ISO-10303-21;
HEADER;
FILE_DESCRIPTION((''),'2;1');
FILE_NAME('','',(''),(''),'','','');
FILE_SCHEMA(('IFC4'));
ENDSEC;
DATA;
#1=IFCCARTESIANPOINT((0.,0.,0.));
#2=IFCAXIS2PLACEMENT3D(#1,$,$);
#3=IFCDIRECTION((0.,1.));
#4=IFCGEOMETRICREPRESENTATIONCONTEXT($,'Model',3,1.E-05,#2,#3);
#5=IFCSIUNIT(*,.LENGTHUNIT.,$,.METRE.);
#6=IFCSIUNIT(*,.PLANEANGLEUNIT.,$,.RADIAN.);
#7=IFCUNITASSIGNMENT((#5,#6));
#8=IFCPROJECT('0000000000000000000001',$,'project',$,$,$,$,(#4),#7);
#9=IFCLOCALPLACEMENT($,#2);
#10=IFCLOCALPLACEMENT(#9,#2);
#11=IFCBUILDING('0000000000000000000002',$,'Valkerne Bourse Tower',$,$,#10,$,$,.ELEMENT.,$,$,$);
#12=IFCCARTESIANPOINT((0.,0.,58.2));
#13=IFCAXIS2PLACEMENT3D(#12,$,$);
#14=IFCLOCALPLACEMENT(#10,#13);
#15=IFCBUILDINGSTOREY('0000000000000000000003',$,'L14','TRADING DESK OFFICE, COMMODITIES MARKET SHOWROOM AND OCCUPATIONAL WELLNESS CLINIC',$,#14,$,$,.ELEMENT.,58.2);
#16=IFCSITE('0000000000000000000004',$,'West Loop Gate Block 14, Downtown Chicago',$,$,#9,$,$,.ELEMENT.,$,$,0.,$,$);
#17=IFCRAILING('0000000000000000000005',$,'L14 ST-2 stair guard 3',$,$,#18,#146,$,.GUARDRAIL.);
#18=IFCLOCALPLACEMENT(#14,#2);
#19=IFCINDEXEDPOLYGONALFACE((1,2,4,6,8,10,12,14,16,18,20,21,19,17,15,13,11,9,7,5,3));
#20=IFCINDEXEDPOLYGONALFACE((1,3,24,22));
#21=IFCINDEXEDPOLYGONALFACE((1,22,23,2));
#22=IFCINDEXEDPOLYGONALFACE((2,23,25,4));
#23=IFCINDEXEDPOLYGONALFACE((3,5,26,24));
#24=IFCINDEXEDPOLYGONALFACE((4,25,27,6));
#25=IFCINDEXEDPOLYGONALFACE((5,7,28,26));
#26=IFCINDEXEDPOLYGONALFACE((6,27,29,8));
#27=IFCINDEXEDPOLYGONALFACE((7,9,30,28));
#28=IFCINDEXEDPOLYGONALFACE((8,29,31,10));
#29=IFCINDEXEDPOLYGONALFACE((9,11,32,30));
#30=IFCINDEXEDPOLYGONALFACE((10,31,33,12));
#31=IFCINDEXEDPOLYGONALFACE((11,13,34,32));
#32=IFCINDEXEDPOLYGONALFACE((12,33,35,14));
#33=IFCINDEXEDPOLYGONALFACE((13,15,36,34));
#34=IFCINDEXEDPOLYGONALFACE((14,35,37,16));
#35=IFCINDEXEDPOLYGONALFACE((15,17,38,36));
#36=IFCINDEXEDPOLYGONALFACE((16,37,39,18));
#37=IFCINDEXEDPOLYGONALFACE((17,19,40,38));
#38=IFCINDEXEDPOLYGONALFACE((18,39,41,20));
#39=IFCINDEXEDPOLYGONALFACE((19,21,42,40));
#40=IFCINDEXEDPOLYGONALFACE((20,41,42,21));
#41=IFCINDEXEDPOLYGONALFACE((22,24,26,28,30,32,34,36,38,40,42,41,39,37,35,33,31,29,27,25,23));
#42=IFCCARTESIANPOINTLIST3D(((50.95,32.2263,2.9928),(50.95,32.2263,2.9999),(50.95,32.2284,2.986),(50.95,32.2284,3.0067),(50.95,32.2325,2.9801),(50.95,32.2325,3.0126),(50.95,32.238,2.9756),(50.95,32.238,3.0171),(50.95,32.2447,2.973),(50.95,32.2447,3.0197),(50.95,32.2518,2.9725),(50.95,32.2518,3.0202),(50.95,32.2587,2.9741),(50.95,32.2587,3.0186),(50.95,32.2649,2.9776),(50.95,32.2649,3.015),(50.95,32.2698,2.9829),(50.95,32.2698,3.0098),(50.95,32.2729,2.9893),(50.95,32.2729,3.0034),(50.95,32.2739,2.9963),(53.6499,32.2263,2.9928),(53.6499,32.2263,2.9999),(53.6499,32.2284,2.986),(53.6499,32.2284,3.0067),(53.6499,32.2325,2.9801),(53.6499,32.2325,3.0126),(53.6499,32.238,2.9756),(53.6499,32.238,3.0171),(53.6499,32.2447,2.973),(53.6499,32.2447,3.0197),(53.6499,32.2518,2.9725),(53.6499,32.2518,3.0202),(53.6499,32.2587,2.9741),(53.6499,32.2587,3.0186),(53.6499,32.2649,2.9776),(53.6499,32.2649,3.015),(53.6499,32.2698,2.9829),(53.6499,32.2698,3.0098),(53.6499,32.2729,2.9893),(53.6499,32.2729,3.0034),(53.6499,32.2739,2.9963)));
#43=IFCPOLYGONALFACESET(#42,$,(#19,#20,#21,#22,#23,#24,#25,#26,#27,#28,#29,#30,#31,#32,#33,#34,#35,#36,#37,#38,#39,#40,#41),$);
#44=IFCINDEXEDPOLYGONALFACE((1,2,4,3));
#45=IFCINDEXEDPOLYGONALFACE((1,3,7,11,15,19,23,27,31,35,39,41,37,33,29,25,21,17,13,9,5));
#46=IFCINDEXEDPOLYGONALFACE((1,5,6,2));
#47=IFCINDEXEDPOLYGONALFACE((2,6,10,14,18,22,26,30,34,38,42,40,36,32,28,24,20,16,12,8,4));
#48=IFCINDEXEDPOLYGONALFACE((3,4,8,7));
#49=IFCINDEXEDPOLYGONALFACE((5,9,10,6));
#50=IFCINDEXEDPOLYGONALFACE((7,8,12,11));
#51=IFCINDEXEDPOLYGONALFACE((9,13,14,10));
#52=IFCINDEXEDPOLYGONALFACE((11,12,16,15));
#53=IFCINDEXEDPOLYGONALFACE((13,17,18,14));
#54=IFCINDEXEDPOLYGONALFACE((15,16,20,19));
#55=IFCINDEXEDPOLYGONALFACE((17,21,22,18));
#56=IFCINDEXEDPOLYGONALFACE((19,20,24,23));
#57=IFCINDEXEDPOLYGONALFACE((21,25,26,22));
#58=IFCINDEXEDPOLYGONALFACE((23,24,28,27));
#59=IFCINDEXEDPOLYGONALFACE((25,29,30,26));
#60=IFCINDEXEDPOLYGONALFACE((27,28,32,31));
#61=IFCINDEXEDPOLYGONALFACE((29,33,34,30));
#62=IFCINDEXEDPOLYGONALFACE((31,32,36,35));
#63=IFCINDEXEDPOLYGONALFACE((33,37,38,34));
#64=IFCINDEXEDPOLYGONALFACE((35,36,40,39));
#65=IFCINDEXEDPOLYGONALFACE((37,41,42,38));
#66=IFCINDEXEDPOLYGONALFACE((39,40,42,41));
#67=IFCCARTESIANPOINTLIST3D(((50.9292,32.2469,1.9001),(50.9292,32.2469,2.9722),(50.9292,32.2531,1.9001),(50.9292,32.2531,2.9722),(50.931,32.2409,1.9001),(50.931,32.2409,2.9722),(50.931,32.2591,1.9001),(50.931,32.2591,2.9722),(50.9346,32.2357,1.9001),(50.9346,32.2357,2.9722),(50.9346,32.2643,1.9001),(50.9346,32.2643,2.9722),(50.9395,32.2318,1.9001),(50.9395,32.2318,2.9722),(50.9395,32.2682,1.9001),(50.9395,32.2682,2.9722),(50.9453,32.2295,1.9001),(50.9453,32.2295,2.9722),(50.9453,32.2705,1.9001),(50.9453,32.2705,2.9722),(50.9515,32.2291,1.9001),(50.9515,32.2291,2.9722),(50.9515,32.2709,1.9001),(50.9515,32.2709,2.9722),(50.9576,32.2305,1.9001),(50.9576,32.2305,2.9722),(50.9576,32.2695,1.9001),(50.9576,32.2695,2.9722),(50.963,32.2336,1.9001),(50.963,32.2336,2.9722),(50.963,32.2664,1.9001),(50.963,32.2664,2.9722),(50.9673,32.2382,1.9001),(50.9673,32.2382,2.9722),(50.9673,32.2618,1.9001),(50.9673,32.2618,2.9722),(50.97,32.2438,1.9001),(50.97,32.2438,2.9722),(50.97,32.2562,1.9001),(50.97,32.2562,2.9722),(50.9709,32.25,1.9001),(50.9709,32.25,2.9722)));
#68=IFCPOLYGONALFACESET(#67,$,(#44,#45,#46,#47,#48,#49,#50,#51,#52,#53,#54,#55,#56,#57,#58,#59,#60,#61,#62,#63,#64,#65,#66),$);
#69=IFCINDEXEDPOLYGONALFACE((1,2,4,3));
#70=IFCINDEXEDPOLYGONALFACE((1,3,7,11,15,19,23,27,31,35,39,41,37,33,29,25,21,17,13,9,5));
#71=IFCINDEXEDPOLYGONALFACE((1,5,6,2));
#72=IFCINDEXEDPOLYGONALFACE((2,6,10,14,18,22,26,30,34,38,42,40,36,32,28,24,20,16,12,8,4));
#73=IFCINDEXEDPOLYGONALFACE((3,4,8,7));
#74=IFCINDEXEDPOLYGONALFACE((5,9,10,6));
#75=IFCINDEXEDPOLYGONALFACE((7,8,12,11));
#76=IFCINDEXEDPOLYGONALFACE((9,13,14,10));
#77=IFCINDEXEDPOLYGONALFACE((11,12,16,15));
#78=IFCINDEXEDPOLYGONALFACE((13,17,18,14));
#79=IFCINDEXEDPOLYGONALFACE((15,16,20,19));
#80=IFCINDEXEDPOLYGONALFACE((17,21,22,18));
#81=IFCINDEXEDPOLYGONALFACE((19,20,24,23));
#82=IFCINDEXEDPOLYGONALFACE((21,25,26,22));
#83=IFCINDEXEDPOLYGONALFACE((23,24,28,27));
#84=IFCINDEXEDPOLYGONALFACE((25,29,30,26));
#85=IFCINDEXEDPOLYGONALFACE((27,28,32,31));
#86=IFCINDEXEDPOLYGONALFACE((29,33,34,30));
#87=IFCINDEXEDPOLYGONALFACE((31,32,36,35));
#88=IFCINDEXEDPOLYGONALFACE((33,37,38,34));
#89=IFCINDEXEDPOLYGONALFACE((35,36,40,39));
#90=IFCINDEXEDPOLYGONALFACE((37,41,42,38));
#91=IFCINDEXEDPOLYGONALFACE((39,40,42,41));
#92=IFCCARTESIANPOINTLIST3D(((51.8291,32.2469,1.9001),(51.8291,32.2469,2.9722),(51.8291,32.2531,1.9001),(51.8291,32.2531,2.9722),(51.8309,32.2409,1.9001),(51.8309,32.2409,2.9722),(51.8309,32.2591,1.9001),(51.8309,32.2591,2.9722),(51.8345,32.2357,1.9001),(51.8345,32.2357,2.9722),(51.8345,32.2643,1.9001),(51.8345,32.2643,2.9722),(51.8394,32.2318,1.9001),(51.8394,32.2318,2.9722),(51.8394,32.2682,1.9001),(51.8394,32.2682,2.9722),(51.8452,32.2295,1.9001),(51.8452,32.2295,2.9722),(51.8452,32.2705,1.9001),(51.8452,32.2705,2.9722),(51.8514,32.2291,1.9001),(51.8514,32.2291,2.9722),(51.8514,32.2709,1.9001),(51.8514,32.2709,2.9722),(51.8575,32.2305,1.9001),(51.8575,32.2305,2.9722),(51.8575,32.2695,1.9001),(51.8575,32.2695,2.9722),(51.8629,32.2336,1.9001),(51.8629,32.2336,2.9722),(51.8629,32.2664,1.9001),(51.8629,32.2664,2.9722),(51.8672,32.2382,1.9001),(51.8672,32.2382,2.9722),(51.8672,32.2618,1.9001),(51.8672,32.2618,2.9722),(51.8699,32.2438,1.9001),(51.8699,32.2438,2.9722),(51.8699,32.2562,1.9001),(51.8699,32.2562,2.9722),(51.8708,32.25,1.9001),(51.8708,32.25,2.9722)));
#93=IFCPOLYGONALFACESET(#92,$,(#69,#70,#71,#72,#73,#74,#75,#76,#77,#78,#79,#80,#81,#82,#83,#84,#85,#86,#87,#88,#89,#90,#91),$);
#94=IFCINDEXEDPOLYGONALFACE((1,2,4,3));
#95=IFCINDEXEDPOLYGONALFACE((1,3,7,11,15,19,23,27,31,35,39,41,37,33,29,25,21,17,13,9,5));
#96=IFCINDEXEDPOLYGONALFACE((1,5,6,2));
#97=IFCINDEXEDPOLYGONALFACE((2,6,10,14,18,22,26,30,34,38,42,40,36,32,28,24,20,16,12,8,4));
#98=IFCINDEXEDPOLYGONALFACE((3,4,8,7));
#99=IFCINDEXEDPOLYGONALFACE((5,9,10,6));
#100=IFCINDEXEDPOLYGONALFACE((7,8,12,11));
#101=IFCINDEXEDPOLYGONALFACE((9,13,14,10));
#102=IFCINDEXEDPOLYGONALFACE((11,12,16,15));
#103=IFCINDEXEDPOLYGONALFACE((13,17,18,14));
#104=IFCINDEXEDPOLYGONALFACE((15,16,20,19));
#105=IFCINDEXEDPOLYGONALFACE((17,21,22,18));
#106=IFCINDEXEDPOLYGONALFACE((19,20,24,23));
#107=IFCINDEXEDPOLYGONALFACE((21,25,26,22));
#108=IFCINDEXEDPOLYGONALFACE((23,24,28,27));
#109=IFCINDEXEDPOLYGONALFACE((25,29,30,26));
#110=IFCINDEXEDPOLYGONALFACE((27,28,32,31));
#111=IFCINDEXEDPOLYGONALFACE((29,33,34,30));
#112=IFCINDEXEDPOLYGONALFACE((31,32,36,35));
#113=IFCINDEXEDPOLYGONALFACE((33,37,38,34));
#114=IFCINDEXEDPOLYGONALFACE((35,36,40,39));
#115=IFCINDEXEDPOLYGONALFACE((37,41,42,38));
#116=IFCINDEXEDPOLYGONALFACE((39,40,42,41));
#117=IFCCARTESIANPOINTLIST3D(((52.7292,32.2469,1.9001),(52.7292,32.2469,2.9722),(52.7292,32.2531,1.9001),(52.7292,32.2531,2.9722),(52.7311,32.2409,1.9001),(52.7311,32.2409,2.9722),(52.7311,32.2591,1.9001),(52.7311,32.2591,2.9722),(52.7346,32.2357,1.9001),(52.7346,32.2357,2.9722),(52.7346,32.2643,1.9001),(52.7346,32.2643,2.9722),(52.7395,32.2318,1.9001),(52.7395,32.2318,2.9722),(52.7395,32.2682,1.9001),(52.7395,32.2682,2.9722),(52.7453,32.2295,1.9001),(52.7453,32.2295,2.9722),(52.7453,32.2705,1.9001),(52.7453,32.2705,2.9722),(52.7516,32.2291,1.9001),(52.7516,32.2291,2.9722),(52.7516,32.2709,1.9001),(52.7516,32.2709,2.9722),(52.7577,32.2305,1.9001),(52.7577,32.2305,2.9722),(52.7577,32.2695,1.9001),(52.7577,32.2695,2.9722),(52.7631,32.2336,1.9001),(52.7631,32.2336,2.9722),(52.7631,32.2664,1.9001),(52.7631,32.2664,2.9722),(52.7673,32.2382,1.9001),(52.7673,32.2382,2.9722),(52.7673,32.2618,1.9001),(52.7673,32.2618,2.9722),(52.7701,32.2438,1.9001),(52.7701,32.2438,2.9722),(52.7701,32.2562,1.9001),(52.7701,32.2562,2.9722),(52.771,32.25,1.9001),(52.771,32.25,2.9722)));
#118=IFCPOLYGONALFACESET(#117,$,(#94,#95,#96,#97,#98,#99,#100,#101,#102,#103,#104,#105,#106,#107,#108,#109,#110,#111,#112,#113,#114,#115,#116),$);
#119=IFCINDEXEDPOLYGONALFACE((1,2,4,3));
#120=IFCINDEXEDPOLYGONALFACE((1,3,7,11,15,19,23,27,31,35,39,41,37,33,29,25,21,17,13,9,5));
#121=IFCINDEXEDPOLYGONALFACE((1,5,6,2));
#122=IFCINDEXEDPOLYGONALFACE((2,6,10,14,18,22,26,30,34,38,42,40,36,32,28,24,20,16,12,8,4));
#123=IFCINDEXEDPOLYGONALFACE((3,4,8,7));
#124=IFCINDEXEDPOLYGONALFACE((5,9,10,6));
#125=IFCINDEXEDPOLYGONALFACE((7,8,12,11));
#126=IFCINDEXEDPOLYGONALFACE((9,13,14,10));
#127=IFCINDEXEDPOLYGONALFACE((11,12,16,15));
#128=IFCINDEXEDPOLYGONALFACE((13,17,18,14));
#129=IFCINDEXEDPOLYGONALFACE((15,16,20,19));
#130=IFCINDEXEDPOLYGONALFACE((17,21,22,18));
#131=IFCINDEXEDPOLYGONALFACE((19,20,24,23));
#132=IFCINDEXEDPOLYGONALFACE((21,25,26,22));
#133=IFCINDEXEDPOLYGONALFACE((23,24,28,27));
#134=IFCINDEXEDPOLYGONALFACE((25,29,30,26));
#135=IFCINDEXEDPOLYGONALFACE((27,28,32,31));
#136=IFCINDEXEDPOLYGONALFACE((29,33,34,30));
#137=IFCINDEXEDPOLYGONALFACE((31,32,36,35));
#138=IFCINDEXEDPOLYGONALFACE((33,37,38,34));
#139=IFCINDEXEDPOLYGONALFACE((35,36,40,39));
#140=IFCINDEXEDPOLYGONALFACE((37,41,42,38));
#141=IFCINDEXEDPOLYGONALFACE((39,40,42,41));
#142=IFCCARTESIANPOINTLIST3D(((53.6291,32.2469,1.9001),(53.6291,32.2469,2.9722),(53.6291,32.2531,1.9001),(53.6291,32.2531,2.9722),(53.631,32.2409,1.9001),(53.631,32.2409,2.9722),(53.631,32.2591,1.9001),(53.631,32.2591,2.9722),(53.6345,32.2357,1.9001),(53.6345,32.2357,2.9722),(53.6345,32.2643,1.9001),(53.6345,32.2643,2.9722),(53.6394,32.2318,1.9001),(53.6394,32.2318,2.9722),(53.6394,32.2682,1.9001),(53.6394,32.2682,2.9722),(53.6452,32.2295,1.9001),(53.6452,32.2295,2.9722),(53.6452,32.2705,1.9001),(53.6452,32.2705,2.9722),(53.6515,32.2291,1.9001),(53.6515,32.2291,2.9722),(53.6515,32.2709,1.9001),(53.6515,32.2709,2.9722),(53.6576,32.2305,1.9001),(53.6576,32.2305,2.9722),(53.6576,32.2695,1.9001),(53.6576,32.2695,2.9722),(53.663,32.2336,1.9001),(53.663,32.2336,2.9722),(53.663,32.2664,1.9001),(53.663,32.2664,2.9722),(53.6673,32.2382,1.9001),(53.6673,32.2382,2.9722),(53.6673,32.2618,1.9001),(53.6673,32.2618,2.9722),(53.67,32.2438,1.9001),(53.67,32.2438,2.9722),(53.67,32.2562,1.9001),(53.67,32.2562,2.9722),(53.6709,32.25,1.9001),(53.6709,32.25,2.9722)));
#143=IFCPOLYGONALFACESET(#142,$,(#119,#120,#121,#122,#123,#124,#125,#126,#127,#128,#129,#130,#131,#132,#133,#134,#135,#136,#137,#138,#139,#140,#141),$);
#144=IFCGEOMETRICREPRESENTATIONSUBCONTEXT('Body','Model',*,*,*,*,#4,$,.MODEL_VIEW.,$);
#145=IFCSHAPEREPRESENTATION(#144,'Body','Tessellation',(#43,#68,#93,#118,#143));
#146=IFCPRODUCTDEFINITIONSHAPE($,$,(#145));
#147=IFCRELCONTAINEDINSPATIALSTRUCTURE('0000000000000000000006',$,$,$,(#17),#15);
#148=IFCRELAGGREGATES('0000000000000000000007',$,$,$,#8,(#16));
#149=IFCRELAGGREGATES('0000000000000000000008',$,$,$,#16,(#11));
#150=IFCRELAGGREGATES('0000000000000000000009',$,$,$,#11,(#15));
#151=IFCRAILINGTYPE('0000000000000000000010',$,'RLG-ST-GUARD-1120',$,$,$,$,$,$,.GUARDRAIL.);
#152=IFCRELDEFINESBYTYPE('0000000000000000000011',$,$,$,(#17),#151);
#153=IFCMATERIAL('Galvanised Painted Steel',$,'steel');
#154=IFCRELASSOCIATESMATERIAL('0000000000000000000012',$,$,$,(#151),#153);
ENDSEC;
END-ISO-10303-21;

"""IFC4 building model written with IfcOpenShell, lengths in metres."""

from ifc_helpers import new_model, si_unit, direction, frame, origin, origin_2d, place, context, subcontext, project, spatial, circle, extrude, material, type_object, element, save


model = new_model("IFC4")

# Units and contexts
model_context = context("Model", 3, precision=1e-05, world=origin(), true_north=direction((0.0, 1.0)))
body_context = subcontext(model_context, "Body", "Model", "MODEL_VIEW")
ifc_project = project(units=[si_unit("LENGTHUNIT", "METRE"), si_unit("PLANEANGLEUNIT", "RADIAN")], contexts=[model_context])

# Site, building, storey
site_placement = place(None, origin())
site = spatial("IfcSite", under=ifc_project, at=site_placement, Name="West Loop Gate Block 14, Downtown Chicago", CompositionType="ELEMENT", RefElevation=0.0)
building_placement = place(site_placement, origin())
building = spatial("IfcBuilding", under=site, at=building_placement, Name="Valkerne Bourse Tower", CompositionType="ELEMENT")
storey_placement = place(building_placement, frame((0.0, 0.0, 58.2)))
storey = spatial("IfcBuildingStorey", under=building, at=storey_placement, Name="L14", Description="TRADING DESK OFFICE, COMMODITIES MARKET SHOWROOM AND OCCUPATIONAL WELLNESS CLINIC", CompositionType="ELEMENT", Elevation=58.2)

# Railing
ifc_material_1 = material(Name="Galvanised Painted Steel", Category="steel")
railing_type_1 = type_object("IfcRailingType", Name="RLG-ST-GUARD-1120", PredefinedType="GUARDRAIL", material=ifc_material_1)
for number, where, name in (
    (1, (50.95, 32.25, 1.9001), "L14 ST-2 stair guard 3"),
):
    element("IfcRailing", number, at=place(storey_placement, frame(where)), inside=storey, type_object=railing_type_1, Name=name, PredefinedType="GUARDRAIL", context=body_context, shape_type="SweptSolid", body=[
        extrude(circle(Radius=0.0239, at=origin_2d()), frame((0.0, 0.0, 1.0962), z_axis=(1.0, 0.0, 0.0), x_axis=(0.0, 1.0, 0.0)), (0.0, 0.0, 1.0), 2.7),
        extrude(circle(Radius=0.021, at=origin_2d()), origin(), (0.0, 0.0, 1.0), 1.072),
        extrude(circle(Radius=0.021, at=origin_2d()), frame((0.8999, 0.0, 0.0)), (0.0, 0.0, 1.0), 1.072),
        extrude(circle(Radius=0.021, at=origin_2d()), frame((1.8, 0.0, 0.0)), (0.0, 0.0, 1.0), 1.072),
        extrude(circle(Radius=0.021, at=origin_2d()), frame((2.7, 0.0, 0.0)), (0.0, 0.0, 1.0), 1.072),
    ])

save(model, "model.ifc")
